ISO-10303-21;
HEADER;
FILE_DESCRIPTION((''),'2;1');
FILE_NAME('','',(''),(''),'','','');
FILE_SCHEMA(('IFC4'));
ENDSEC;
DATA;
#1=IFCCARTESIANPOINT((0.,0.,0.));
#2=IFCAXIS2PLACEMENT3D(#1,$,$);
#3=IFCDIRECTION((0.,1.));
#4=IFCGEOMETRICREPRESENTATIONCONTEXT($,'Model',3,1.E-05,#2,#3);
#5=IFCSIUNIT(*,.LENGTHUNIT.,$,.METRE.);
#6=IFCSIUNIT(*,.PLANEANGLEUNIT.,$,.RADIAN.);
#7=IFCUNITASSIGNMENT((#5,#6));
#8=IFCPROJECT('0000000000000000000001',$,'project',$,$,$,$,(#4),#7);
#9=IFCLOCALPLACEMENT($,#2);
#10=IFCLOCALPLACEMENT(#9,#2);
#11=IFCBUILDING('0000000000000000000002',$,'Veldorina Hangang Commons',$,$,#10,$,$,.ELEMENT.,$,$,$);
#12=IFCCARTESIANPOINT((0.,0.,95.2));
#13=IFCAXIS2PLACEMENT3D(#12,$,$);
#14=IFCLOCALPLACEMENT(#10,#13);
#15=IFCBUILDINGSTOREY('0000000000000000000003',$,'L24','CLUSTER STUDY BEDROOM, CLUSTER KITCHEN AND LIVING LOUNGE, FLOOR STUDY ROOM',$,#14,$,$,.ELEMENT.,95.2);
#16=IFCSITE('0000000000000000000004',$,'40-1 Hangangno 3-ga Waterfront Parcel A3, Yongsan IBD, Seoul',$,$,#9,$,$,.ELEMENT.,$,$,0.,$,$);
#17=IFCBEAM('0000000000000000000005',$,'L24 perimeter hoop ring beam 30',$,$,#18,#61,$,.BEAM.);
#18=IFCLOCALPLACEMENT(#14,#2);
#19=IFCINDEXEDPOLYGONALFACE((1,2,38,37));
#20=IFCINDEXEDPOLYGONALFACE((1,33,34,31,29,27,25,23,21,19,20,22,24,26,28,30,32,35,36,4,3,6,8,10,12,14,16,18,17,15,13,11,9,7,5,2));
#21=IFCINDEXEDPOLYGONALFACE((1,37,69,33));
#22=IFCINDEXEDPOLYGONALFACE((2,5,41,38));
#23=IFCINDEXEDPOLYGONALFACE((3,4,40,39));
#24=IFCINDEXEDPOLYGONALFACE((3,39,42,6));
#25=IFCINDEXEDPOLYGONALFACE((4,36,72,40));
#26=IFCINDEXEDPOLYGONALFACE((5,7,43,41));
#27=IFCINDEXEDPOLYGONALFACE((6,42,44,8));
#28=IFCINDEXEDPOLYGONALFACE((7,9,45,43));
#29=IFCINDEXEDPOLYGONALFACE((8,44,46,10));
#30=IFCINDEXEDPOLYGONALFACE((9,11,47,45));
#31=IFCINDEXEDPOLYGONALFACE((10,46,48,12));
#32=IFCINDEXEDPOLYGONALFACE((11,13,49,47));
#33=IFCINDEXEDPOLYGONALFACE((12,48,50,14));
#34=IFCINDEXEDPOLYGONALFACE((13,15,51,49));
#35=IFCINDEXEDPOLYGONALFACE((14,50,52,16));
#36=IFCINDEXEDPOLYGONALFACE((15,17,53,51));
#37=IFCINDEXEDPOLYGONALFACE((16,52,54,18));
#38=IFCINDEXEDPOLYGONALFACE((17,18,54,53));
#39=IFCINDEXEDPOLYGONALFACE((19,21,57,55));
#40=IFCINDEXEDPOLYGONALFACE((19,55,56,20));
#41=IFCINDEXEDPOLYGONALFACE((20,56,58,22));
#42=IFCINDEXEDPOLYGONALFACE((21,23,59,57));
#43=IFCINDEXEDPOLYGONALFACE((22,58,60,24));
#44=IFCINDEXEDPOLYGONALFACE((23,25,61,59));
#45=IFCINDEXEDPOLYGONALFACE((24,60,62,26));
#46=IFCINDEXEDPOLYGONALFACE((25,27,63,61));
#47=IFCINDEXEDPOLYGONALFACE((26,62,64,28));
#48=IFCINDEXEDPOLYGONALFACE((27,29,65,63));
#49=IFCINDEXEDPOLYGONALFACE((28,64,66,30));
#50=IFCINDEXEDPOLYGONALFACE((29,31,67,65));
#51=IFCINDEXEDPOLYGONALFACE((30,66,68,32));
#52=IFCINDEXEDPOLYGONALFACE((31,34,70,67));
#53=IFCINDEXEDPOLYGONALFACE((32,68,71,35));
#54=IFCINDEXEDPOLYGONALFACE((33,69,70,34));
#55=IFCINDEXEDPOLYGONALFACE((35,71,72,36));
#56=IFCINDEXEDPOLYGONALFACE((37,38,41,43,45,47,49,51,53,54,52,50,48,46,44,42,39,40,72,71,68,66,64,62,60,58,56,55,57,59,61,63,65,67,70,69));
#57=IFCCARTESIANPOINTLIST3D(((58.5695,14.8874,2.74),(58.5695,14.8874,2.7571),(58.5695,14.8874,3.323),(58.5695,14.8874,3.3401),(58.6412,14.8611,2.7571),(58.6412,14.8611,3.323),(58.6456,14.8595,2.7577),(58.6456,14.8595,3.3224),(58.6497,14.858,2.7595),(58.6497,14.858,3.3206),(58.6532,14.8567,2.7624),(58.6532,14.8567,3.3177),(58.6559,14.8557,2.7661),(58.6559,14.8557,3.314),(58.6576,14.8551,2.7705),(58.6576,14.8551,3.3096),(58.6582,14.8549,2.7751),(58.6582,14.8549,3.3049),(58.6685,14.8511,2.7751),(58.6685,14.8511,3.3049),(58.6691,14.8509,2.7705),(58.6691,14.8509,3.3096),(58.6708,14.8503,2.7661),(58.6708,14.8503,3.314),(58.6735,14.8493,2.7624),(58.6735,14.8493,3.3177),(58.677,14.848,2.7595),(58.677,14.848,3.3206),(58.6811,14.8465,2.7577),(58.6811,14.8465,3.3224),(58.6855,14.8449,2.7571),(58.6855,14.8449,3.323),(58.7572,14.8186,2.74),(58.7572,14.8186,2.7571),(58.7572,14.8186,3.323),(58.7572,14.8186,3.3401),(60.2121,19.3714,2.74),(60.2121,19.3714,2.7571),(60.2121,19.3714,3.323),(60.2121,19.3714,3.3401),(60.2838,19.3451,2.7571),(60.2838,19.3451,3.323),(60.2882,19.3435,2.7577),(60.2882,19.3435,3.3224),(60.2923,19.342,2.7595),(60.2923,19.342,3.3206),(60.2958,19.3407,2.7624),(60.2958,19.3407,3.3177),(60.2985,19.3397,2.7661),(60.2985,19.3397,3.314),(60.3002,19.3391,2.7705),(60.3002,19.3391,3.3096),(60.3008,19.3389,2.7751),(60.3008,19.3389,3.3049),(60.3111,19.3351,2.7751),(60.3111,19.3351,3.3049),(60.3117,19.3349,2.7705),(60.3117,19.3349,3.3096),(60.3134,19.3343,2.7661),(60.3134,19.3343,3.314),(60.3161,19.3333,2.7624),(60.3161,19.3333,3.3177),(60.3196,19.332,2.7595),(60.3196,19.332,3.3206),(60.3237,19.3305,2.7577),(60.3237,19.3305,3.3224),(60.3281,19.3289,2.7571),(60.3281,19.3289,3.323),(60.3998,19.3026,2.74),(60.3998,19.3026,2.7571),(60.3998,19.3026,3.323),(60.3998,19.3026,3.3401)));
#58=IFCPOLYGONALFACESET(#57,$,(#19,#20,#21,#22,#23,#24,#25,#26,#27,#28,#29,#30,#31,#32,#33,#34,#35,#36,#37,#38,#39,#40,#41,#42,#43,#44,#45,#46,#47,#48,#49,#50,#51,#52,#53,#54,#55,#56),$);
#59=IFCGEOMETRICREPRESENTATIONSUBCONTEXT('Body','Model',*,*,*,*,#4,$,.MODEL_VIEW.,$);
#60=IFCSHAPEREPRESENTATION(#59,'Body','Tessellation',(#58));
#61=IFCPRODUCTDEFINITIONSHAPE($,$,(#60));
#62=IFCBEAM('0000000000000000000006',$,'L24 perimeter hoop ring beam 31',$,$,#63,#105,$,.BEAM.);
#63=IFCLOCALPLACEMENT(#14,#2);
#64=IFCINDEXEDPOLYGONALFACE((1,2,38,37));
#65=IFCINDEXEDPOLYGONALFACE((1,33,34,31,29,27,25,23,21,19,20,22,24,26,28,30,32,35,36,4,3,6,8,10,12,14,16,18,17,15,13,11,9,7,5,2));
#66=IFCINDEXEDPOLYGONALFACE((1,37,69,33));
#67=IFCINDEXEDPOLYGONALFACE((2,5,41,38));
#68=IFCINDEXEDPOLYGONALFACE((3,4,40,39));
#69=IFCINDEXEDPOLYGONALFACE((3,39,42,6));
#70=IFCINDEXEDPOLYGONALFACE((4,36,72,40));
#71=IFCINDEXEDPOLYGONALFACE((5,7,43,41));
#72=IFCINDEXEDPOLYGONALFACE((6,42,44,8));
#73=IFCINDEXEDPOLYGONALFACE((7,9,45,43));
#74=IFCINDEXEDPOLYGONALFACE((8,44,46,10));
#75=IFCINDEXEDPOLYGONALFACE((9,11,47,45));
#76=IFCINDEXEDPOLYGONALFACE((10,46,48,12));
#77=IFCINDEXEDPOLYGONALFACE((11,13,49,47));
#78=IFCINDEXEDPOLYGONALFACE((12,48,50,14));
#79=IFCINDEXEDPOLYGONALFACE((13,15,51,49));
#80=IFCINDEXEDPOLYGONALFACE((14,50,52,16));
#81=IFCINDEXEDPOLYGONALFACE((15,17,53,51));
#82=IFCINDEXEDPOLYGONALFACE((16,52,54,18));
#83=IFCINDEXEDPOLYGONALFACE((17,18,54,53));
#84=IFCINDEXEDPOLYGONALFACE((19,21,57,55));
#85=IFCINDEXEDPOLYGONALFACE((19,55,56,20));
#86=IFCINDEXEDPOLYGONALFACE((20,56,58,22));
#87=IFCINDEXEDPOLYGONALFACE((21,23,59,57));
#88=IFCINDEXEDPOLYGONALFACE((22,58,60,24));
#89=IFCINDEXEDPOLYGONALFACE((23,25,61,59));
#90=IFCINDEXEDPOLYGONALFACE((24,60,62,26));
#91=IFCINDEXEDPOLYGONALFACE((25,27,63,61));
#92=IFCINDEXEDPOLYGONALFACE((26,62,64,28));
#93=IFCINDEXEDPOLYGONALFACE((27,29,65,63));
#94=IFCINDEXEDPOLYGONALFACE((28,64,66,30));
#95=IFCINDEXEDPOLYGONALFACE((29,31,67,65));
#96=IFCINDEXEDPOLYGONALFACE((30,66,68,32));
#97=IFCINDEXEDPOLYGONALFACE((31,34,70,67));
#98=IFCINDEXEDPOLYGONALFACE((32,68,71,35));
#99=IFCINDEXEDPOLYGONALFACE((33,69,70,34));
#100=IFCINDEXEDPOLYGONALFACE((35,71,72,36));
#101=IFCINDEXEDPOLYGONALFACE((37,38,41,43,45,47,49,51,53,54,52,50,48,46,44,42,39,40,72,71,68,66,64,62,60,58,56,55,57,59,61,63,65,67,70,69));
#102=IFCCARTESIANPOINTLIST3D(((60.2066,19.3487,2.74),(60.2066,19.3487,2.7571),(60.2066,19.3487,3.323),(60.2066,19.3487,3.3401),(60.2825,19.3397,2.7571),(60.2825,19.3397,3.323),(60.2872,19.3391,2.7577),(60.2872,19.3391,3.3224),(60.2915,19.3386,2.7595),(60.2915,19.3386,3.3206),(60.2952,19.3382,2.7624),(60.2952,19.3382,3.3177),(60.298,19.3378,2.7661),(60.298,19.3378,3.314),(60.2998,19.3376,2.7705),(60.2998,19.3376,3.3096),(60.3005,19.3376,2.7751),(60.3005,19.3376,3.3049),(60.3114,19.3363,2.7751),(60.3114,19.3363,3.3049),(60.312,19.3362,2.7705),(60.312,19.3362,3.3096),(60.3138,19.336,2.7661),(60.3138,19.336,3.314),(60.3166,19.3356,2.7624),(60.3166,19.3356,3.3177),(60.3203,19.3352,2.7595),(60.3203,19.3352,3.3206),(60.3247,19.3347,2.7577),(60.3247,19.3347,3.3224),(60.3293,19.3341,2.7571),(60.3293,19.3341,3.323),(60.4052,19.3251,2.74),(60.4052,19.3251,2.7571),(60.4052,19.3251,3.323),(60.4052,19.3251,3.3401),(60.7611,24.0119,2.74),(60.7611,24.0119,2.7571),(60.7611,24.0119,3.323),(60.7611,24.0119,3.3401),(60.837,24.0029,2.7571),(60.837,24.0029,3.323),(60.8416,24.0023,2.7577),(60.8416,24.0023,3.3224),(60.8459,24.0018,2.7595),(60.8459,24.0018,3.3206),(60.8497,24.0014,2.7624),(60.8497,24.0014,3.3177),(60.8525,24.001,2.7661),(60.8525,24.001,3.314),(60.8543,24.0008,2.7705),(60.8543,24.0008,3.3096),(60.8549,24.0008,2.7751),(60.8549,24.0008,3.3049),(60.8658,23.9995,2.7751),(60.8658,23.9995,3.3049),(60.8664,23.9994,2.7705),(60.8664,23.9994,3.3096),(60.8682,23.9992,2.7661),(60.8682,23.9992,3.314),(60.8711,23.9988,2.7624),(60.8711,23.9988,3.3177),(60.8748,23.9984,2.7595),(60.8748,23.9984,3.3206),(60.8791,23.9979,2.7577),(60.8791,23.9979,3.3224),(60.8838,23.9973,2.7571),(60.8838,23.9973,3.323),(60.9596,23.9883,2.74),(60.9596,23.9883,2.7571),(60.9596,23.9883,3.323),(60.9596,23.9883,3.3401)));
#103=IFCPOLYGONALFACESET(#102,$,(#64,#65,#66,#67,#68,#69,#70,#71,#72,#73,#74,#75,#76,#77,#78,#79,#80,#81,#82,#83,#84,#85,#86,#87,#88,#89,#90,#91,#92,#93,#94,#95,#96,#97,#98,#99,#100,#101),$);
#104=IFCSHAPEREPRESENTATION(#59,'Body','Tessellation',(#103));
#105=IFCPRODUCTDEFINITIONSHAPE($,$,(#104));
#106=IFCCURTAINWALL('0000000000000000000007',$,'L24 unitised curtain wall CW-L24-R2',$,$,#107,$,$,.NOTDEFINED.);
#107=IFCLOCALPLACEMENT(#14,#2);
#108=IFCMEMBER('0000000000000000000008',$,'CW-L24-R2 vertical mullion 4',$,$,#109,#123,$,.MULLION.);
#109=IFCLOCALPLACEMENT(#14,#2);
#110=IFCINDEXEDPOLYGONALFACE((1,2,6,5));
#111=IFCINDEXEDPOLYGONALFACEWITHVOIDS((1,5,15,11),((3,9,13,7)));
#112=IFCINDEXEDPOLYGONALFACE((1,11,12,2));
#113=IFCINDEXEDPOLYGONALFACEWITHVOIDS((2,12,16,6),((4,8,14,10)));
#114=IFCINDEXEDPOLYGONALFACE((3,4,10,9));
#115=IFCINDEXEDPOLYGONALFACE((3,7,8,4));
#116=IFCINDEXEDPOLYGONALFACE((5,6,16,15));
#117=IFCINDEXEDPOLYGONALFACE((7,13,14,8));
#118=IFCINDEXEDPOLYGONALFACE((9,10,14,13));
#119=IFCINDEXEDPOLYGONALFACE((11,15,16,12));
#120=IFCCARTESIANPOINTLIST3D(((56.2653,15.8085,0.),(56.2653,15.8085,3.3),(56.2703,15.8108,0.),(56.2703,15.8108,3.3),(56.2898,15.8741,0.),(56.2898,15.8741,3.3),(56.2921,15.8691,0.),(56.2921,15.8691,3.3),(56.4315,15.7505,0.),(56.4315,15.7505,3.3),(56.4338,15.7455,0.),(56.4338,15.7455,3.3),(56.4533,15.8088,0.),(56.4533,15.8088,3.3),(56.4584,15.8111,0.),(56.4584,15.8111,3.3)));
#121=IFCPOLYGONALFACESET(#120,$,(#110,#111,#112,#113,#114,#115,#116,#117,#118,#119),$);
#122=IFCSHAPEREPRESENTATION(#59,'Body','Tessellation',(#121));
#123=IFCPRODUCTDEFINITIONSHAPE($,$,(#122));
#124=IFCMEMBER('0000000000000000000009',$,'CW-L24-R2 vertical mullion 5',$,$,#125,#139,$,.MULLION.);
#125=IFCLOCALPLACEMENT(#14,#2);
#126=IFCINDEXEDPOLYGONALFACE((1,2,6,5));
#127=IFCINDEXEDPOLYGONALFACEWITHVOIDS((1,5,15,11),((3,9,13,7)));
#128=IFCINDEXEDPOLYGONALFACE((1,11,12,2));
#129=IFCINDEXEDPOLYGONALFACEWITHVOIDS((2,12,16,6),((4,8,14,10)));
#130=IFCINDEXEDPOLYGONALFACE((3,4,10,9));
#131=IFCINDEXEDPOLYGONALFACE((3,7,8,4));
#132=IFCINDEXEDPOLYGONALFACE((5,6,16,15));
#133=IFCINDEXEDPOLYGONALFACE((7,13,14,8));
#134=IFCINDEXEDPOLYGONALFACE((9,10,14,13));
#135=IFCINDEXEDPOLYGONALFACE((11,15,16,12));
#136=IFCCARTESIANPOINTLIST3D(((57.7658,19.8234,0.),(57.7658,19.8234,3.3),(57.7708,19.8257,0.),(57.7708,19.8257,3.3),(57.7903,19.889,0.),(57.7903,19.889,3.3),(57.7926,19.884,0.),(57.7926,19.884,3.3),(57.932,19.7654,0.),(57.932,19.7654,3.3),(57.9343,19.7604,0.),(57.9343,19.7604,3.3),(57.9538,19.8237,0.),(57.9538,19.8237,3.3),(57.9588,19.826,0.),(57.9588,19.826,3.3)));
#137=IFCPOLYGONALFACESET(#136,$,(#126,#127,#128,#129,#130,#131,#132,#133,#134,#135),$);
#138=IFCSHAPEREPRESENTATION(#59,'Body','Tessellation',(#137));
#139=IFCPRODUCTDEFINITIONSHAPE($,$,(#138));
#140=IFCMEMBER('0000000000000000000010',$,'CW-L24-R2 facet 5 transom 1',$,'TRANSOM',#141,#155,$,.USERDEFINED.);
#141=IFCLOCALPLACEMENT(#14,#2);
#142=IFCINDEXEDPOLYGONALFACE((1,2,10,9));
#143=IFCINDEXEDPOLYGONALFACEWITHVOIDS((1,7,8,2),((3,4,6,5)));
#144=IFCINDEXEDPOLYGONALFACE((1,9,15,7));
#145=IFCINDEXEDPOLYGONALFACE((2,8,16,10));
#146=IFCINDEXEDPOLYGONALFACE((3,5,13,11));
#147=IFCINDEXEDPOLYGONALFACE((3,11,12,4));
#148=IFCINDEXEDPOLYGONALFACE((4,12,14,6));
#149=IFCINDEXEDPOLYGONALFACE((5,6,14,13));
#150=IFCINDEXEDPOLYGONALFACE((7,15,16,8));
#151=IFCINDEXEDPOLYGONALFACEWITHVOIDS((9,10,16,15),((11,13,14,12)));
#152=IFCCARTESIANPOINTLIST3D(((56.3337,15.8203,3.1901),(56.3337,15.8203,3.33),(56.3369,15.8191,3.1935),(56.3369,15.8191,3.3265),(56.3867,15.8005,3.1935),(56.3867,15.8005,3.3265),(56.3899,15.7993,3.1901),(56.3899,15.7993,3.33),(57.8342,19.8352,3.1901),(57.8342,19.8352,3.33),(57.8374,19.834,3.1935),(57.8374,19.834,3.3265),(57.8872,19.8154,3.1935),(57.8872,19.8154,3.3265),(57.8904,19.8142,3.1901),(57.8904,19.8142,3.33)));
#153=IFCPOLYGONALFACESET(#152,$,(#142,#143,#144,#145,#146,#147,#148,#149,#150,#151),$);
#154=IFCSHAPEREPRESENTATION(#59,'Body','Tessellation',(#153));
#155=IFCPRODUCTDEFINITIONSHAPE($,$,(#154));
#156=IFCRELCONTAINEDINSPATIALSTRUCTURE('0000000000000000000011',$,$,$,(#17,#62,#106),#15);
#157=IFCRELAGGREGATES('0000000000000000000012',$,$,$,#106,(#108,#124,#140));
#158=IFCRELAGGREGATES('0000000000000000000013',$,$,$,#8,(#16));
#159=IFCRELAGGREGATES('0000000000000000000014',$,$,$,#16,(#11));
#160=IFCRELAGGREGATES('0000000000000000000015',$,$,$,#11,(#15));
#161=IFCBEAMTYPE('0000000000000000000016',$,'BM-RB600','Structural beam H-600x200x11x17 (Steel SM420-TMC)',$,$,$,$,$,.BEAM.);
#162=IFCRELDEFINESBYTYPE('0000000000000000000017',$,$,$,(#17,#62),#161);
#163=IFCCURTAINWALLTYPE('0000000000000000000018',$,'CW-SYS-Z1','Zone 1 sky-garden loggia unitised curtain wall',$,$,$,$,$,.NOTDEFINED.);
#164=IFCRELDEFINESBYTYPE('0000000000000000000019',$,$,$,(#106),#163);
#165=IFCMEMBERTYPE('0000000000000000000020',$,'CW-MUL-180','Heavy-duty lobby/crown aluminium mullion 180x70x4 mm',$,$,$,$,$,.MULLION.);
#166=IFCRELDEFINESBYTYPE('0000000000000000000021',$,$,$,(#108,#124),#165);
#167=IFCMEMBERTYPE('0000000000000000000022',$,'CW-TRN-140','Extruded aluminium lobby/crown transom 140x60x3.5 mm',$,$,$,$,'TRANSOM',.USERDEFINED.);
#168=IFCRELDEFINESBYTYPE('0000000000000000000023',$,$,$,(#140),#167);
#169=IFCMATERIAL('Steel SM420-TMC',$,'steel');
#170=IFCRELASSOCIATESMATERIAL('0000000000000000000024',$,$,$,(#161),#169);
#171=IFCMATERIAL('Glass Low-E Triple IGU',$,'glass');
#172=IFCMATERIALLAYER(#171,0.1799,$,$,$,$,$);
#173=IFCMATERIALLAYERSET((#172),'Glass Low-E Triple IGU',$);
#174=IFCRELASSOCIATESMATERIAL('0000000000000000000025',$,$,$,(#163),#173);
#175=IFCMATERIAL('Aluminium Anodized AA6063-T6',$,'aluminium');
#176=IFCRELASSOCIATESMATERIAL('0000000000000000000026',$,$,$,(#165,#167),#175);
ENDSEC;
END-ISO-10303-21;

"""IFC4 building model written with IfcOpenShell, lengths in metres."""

from ifc_helpers import new_model, si_unit, direction, frame, origin, origin_2d, place, context, subcontext, project, spatial, hollow_rectangle, i_section, extrude, material, layer, layer_set, material_profile, profile_set, type_object, element, aggregate, save


model = new_model("IFC4")

# Units and contexts
model_context = context("Model", 3, precision=1e-05, world=origin(), true_north=direction((0.0, 1.0)))
body_context = subcontext(model_context, "Body", "Model", "MODEL_VIEW")
ifc_project = project(units=[si_unit("LENGTHUNIT", "METRE"), si_unit("PLANEANGLEUNIT", "RADIAN")], contexts=[model_context])

# Site, building, storey
site_placement = place(None, origin())
site = spatial("IfcSite", under=ifc_project, at=site_placement, Name="40-1 Hangangno 3-ga Waterfront Parcel A3, Yongsan IBD, Seoul", CompositionType="ELEMENT", RefElevation=0.0)
building_placement = place(site_placement, origin())
building = spatial("IfcBuilding", under=site, at=building_placement, Name="Veldorina Hangang Commons", CompositionType="ELEMENT")
storey_placement = place(building_placement, frame((0.0, 0.0, 95.2)))
storey = spatial("IfcBuildingStorey", under=building, at=storey_placement, Name="L24", Description="CLUSTER STUDY BEDROOM, CLUSTER KITCHEN AND LIVING LOUNGE, FLOOR STUDY ROOM", CompositionType="ELEMENT", Elevation=95.2)

# Beams
ifc_material_1 = material(Name="Steel SM420-TMC", Category="steel")
ifc_material_profile_1 = material_profile(ifc_material_1, i_section(OverallWidth=0.2, OverallDepth=0.6001, WebThickness=0.011, FlangeThickness=0.0171, FilletRadius=0.0181, at=origin_2d()), Name="H-600x200x11x17")
ifc_profile_set_1 = profile_set([ifc_material_profile_1], Name="Steel SM420-TMC")
beam_type = type_object("IfcBeamType", Name="BM-RB600", Description="Structural beam H-600x200x11x17 (Steel SM420-TMC)", PredefinedType="BEAM", material=ifc_profile_set_1)
beam_1_placement = place(storey_placement, frame((58.6633, 14.853, 3.04), z_axis=(0.343975, 0.938979, 0.0), x_axis=(-0.938979, 0.343975, 0.0)))
element("IfcBeam", 1, at=beam_1_placement, inside=storey, type_object=beam_type, Name="L24 perimeter hoop ring beam 30", PredefinedType="BEAM", context=body_context, shape_type="SweptSolid", body=[
    extrude(i_section(OverallWidth=0.2, OverallDepth=0.6001, WebThickness=0.011, FlangeThickness=0.0171, FilletRadius=0.0181, at=origin_2d()), origin(), (0.0, 0.0, 1.0), 4.7754),
])
beam_2_placement = place(storey_placement, frame((60.3059, 19.3369, 3.04), z_axis=(0.118069, 0.993005, 0.0), x_axis=(-0.993005, 0.118069, 0.0)))
element("IfcBeam", 2, at=beam_2_placement, inside=storey, type_object=beam_type, Name="L24 perimeter hoop ring beam 31", PredefinedType="BEAM", context=body_context, shape_type="SweptSolid", body=[
    extrude(i_section(OverallWidth=0.2, OverallDepth=0.6001, WebThickness=0.011, FlangeThickness=0.0171, FilletRadius=0.0181, at=origin_2d()), origin(), (0.0, 0.0, 1.0), 4.696),
])

# Curtain wall, members
ifc_material_2 = material(Name="Glass Low-E Triple IGU", Category="glass")
ifc_layer_1 = layer(ifc_material_2, 0.1799)
ifc_layer_set_1 = layer_set([ifc_layer_1], Name="Glass Low-E Triple IGU")
curtain_wall_type = type_object("IfcCurtainWallType", Name="CW-SYS-Z1", Description="Zone 1 sky-garden loggia unitised curtain wall", PredefinedType="NOTDEFINED", material=ifc_layer_set_1)
curtain_wall_placement = place(storey_placement, origin())
curtain_wall = element("IfcCurtainWall", 3, at=curtain_wall_placement, inside=storey, type_object=curtain_wall_type, Name="L24 unitised curtain wall CW-L24-R2", PredefinedType="NOTDEFINED")
ifc_material_3 = material(Name="Aluminium Anodized AA6063-T6", Category="aluminium")
ifc_material_profile_2 = material_profile(ifc_material_3, hollow_rectangle(XDim=0.0701, YDim=0.1799, WallThickness=0.0039, at=origin_2d()), Name="ALU-RHS-180x70x4")
ifc_profile_set_2 = profile_set([ifc_material_profile_2], Name="Aluminium Anodized AA6063-T6")
member_type_1 = type_object("IfcMemberType", Name="CW-MUL-180", Description="Heavy-duty lobby/crown aluminium mullion 180x70x4 mm", PredefinedType="MULLION", material=ifc_profile_set_2)
member_1_placement = place(storey_placement, frame((56.3618, 15.8098, 0.0), z_axis=(0.0, 0.0, 1.0), x_axis=(0.350077, 0.936721, 0.0)))
member_1 = element("IfcMember", 4, at=member_1_placement, type_object=member_type_1, Name="CW-L24-R2 vertical mullion 4", PredefinedType="MULLION", context=body_context, shape_type="SweptSolid", body=[
    extrude(hollow_rectangle(XDim=0.0701, YDim=0.1799, WallThickness=0.0039, at=origin_2d()), origin(), (0.0, 0.0, 1.0), 3.3),
])
member_2_placement = place(storey_placement, frame((57.8623, 19.8247, 0.0), z_axis=(0.0, 0.0, 1.0), x_axis=(-0.350077, -0.936721, 0.0)))
member_2 = element("IfcMember", 5, at=member_2_placement, type_object=member_type_1, Name="CW-L24-R2 vertical mullion 5", PredefinedType="MULLION", context=body_context, shape_type="SweptSolid", body=[
    extrude(hollow_rectangle(XDim=0.0701, YDim=0.1799, WallThickness=0.0039, at=origin_2d()), origin(), (0.0, 0.0, 1.0), 3.3),
])
ifc_material_profile_3 = material_profile(ifc_material_3, hollow_rectangle(XDim=0.0601, YDim=0.1399, WallThickness=0.0034, at=origin_2d()), Name="ALU-RHS-140x60x3.5")
ifc_profile_set_3 = profile_set([ifc_material_profile_3], Name="Aluminium Anodized AA6063-T6")
member_type_2 = type_object("IfcMemberType", Name="CW-TRN-140", Description="Extruded aluminium lobby/crown transom 140x60x3.5 mm", ElementType="TRANSOM", PredefinedType="USERDEFINED", material=ifc_profile_set_3)
member_3_placement = place(storey_placement, frame((56.3618, 15.8098, 3.26), z_axis=(0.350081, 0.93672, 0.0), x_axis=(-0.93672, 0.350081, 0.0)))
member_3 = element("IfcMember", 6, at=member_3_placement, type_object=member_type_2, Name="CW-L24-R2 facet 5 transom 1", ObjectType="TRANSOM", PredefinedType="USERDEFINED", context=body_context, shape_type="SweptSolid", body=[
    extrude(hollow_rectangle(XDim=0.0601, YDim=0.1399, WallThickness=0.0034, at=origin_2d()), origin(), (0.0, 0.0, 1.0), 4.2861),
])

aggregate(curtain_wall, [member_1, member_2, member_3])

save(model, "model.ifc")
